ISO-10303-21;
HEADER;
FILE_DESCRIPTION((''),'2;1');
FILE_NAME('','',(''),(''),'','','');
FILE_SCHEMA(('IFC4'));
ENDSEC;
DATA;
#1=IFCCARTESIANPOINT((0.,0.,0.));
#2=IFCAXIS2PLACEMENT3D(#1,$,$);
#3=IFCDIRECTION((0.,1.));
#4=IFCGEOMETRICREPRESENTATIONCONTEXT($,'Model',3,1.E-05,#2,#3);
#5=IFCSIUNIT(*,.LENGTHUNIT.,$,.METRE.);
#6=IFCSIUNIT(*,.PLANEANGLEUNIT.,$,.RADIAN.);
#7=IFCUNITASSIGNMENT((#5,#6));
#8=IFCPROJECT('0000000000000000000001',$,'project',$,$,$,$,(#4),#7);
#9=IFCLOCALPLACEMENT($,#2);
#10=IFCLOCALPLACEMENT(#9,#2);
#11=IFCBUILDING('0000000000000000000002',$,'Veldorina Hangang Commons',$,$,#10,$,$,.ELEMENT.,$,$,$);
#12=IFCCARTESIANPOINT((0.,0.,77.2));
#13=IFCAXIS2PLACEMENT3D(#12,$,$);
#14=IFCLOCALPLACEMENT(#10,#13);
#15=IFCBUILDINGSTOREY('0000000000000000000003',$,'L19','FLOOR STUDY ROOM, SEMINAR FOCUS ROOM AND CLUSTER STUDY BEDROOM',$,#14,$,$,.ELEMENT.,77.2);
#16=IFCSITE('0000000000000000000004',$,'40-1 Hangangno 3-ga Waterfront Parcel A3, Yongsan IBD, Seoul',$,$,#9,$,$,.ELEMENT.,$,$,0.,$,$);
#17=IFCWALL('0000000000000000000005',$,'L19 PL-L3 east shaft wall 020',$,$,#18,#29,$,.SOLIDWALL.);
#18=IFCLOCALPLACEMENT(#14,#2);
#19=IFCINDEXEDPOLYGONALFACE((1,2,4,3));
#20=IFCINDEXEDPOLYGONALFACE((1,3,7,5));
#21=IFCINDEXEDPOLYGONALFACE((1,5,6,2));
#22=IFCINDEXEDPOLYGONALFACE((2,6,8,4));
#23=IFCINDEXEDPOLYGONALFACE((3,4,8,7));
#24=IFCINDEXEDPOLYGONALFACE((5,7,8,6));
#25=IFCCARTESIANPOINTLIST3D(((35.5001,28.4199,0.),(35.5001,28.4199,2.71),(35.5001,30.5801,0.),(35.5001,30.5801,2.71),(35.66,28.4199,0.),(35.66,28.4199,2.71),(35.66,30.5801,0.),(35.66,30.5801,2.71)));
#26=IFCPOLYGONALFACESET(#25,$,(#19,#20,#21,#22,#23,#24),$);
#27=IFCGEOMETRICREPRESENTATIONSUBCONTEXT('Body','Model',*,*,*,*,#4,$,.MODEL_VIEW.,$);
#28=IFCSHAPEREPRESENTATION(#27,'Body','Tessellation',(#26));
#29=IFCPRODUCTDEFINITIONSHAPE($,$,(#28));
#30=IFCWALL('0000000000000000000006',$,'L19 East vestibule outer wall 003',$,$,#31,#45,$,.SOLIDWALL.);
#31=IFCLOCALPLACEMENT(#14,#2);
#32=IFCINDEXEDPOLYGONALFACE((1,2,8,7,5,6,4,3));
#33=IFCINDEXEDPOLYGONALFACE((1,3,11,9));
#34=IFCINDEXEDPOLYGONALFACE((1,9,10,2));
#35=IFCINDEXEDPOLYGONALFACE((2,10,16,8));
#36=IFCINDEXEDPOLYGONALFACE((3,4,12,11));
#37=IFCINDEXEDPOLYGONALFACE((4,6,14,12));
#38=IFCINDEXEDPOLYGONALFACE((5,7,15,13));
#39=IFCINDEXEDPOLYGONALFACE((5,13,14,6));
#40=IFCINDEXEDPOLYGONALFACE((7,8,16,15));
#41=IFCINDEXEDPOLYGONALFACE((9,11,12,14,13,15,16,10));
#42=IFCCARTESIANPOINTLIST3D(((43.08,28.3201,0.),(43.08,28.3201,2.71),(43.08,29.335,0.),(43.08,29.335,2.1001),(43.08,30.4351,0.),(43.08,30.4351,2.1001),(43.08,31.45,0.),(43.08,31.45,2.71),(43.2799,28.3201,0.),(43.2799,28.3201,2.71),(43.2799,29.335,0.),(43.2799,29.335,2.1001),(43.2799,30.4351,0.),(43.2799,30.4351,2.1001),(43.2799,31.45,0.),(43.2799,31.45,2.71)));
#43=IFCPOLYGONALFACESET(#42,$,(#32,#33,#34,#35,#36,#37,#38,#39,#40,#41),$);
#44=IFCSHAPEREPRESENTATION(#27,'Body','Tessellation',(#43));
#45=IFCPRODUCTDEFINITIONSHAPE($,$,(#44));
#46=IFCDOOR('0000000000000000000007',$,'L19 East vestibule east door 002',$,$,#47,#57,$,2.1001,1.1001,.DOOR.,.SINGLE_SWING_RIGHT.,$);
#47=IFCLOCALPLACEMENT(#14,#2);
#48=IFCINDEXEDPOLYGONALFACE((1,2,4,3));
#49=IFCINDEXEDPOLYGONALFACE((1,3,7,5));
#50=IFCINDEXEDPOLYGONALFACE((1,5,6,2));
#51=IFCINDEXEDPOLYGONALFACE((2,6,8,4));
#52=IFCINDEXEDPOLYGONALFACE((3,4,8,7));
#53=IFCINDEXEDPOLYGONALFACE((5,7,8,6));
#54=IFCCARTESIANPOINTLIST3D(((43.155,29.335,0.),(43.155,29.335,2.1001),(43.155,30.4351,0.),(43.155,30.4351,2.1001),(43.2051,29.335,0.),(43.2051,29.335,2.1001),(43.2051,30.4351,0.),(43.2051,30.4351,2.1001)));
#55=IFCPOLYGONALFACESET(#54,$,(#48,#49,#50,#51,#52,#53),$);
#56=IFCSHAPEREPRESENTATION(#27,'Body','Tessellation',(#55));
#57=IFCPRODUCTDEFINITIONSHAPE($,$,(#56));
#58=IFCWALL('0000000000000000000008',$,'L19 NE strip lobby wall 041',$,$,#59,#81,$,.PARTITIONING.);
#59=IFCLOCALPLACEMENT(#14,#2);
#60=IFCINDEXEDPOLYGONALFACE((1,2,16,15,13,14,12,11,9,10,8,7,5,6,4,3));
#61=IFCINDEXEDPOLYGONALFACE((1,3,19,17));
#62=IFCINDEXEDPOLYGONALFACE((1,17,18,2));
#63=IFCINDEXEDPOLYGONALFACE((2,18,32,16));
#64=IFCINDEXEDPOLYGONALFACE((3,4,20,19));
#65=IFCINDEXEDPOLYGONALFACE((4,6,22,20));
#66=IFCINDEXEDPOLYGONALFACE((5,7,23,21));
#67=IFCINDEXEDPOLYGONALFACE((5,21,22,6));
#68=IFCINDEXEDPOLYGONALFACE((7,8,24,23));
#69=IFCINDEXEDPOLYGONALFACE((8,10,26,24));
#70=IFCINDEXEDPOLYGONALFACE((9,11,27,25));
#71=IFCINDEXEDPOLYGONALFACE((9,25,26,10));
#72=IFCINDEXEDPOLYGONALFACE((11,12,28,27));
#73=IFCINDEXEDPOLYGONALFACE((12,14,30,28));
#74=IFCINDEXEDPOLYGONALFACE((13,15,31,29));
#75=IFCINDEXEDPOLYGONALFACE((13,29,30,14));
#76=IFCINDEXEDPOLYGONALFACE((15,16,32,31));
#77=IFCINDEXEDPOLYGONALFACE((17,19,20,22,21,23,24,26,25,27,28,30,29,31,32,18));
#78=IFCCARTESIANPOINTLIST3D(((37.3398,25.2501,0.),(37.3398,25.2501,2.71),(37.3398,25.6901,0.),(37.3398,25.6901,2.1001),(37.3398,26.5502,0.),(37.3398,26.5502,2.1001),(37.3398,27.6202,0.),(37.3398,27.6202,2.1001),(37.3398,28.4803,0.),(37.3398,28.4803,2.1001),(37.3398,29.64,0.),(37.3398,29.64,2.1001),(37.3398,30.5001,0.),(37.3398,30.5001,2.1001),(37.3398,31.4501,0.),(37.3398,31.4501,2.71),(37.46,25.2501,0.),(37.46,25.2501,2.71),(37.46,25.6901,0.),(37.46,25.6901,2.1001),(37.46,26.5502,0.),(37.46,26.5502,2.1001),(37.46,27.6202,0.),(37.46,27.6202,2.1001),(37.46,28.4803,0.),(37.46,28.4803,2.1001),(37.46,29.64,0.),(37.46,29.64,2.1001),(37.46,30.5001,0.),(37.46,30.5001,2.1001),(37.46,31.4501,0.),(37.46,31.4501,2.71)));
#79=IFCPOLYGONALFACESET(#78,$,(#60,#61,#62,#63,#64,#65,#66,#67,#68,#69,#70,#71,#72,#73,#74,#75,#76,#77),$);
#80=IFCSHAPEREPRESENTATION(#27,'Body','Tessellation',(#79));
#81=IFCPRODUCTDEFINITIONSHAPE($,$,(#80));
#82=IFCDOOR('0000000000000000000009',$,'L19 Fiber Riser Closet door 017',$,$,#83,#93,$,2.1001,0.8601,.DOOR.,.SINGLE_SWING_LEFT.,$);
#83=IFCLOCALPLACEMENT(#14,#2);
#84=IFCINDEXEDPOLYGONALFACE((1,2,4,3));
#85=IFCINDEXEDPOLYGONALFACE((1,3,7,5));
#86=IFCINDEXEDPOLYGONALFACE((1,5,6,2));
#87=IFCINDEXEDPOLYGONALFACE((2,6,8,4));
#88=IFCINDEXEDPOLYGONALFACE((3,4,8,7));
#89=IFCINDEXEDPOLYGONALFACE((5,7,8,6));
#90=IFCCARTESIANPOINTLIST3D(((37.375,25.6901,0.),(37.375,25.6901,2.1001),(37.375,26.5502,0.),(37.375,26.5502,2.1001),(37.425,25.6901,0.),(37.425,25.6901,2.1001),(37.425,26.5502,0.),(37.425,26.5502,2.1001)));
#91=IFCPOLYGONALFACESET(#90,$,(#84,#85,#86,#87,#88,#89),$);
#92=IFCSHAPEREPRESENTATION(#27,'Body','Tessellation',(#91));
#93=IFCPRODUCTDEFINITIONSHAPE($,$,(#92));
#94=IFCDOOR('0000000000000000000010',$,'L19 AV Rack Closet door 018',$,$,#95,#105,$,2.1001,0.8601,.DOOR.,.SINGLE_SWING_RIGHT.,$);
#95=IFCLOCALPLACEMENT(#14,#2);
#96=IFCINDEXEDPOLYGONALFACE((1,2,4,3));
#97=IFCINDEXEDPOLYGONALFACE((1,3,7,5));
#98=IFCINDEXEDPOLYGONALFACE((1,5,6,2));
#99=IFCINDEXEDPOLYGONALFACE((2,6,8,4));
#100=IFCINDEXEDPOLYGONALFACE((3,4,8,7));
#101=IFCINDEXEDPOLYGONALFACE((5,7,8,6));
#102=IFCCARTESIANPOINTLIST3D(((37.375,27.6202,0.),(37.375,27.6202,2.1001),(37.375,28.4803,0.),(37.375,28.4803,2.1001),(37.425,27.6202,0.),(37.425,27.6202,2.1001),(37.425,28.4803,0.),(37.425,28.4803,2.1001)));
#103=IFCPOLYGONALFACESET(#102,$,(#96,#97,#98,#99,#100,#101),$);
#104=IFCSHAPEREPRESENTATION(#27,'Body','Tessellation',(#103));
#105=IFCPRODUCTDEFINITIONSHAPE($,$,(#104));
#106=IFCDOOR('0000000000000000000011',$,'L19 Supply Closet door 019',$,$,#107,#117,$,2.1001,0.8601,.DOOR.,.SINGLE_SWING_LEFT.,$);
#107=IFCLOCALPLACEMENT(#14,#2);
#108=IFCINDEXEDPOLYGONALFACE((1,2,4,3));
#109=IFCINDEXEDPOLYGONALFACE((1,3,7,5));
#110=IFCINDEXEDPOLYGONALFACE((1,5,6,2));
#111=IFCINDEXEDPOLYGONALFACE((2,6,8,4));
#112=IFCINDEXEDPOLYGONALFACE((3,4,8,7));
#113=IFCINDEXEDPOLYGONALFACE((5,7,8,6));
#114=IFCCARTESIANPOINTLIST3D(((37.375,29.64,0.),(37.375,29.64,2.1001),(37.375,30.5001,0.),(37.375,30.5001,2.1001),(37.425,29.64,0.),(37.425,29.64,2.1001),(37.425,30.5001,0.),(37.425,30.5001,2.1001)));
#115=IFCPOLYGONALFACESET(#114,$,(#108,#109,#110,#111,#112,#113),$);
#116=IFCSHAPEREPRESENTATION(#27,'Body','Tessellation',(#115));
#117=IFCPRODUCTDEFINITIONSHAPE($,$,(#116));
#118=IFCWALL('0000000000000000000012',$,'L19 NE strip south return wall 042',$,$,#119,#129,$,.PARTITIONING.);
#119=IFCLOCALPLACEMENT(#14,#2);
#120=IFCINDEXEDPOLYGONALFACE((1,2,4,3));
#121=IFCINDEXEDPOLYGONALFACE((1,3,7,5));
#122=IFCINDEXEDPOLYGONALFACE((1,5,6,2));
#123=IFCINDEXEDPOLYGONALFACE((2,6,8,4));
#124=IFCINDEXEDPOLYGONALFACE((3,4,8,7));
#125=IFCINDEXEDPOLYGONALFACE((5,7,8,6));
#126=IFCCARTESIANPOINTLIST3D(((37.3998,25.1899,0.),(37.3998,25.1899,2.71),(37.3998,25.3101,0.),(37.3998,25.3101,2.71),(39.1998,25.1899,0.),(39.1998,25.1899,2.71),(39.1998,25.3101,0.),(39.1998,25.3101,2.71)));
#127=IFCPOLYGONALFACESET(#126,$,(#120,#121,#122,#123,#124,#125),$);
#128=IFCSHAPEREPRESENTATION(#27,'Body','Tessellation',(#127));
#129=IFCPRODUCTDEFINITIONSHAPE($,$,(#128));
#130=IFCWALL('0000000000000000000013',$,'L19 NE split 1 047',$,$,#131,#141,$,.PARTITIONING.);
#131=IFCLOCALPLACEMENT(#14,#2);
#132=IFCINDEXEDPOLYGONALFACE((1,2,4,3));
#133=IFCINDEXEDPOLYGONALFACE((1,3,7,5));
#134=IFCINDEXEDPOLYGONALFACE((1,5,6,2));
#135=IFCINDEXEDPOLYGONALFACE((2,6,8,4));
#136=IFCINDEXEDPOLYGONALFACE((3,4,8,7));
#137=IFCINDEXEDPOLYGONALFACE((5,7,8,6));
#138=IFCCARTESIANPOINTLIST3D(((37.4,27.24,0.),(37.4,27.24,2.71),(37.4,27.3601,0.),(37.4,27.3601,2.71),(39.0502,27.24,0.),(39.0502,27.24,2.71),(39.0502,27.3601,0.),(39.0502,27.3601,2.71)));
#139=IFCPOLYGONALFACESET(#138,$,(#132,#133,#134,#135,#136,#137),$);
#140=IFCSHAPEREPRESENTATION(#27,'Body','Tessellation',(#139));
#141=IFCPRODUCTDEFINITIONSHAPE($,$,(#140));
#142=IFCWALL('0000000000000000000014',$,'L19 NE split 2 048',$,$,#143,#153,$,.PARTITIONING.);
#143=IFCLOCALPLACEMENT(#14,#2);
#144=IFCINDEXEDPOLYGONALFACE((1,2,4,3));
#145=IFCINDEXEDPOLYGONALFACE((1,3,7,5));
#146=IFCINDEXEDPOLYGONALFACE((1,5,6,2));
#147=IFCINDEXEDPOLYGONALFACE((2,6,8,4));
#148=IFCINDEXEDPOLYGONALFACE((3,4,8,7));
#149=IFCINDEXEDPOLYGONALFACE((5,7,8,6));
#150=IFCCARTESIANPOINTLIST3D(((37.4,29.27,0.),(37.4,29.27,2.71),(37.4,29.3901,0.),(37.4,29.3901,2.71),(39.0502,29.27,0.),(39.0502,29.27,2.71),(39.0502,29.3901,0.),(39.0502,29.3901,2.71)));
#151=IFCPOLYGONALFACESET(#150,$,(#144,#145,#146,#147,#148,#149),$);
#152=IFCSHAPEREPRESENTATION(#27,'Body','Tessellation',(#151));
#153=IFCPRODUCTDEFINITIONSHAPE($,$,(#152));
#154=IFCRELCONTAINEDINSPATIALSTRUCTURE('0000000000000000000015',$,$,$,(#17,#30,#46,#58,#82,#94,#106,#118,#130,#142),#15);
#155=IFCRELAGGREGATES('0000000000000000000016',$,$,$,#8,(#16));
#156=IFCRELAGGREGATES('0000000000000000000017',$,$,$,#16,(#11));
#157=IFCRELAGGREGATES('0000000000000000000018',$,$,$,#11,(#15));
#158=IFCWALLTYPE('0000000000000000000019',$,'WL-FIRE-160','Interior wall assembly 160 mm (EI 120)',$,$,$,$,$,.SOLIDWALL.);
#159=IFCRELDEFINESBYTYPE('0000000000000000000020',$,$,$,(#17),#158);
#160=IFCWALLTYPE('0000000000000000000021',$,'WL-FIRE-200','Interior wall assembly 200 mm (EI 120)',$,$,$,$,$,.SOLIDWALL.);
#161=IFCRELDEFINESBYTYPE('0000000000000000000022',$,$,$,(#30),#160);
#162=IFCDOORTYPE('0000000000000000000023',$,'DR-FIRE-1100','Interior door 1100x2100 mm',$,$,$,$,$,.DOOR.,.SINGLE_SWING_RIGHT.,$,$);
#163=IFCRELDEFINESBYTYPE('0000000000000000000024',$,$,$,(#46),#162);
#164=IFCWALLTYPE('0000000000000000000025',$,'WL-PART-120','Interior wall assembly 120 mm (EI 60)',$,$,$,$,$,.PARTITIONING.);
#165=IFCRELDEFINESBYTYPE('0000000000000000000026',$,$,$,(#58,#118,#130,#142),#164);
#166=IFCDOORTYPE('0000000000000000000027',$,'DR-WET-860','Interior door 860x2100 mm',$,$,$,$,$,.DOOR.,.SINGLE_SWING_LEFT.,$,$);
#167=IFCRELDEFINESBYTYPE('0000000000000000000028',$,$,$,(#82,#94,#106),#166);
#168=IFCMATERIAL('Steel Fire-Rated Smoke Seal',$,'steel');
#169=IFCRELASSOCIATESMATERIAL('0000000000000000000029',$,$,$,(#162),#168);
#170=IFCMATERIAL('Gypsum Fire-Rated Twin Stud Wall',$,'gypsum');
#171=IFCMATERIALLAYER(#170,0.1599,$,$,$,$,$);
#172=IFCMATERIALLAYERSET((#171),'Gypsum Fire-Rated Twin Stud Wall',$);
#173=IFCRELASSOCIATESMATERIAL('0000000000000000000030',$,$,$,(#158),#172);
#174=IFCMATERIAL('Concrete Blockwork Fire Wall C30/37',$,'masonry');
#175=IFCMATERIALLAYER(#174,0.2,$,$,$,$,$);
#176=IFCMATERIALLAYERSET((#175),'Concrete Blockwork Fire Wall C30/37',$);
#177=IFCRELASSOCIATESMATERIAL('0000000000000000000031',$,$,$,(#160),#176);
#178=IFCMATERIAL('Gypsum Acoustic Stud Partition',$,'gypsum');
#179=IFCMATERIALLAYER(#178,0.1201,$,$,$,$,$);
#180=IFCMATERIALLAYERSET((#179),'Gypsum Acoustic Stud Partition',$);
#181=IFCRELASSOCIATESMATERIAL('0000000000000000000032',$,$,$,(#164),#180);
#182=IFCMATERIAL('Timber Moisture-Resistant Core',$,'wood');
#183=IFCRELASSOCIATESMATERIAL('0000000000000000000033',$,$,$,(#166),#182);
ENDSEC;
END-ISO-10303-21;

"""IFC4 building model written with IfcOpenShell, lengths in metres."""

from ifc_helpers import new_model, si_unit, direction, frame, frame_2d, origin, place, context, subcontext, project, spatial, rectangle, extrude, material, layer, layer_set, type_object, element, fill, save


model = new_model("IFC4")

# Units and contexts
model_context = context("Model", 3, precision=1e-05, world=origin(), true_north=direction((0.0, 1.0)))
body_context = subcontext(model_context, "Body", "Model", "MODEL_VIEW")
ifc_project = project(units=[si_unit("LENGTHUNIT", "METRE"), si_unit("PLANEANGLEUNIT", "RADIAN")], contexts=[model_context])

# Site, building, storey
site_placement = place(None, origin())
site = spatial("IfcSite", under=ifc_project, at=site_placement, Name="40-1 Hangangno 3-ga Waterfront Parcel A3, Yongsan IBD, Seoul", CompositionType="ELEMENT", RefElevation=0.0)
building_placement = place(site_placement, origin())
building = spatial("IfcBuilding", under=site, at=building_placement, Name="Veldorina Hangang Commons", CompositionType="ELEMENT")
storey_placement = place(building_placement, frame((0.0, 0.0, 77.2)))
storey = spatial("IfcBuildingStorey", under=building, at=storey_placement, Name="L19", Description="FLOOR STUDY ROOM, SEMINAR FOCUS ROOM AND CLUSTER STUDY BEDROOM", CompositionType="ELEMENT", Elevation=77.2)

# Shared definitions
ifc_material_1 = material(Name="Steel Fire-Rated Smoke Seal", Category="steel")
door_type_1 = type_object("IfcDoorType", Name="DR-FIRE-1100", Description="Interior door 1100x2100 mm", OperationType="SINGLE_SWING_RIGHT", PredefinedType="DOOR", material=ifc_material_1)

# Wall
ifc_material_2 = material(Name="Gypsum Fire-Rated Twin Stud Wall", Category="gypsum")
ifc_layer_1 = layer(ifc_material_2, 0.1599)
ifc_layer_set_1 = layer_set([ifc_layer_1], Name="Gypsum Fire-Rated Twin Stud Wall")
wall_type_1 = type_object("IfcWallType", Name="WL-FIRE-160", Description="Interior wall assembly 160 mm (EI 120)", PredefinedType="SOLIDWALL", material=ifc_layer_set_1)
for number, where, z_axis, x_axis, name in (
    (1, (35.5801, 28.4199, 0.0), (0.0, 0.0, 1.0), (0.0, 1.0, 0.0), "L19 PL-L3 east shaft wall 020"),
):
    element("IfcWall", number, at=place(storey_placement, frame(where, z_axis=z_axis, x_axis=x_axis)), inside=storey, type_object=wall_type_1, Name=name, PredefinedType="SOLIDWALL", context=body_context, shape_type="SweptSolid", body=[
        extrude(rectangle(XDim=2.1602, YDim=0.1599, at=frame_2d((1.0801, 0.0))), origin(), (0.0, 0.0, 1.0), 2.71),
    ])

# Wall, opening, door
ifc_material_3 = material(Name="Concrete Blockwork Fire Wall C30/37", Category="masonry")
ifc_layer_2 = layer(ifc_material_3, 0.2)
ifc_layer_set_2 = layer_set([ifc_layer_2], Name="Concrete Blockwork Fire Wall C30/37")
wall_type_2 = type_object("IfcWallType", Name="WL-FIRE-200", Description="Interior wall assembly 200 mm (EI 120)", PredefinedType="SOLIDWALL", material=ifc_layer_set_2)
wall_1_placement = place(storey_placement, frame((43.1799, 28.3201, 0.0), z_axis=(0.0, 0.0, 1.0), x_axis=(0.0, 1.0, 0.0)))
wall_1 = element("IfcWall", 2, at=wall_1_placement, inside=storey, type_object=wall_type_2, Name="L19 East vestibule outer wall 003", PredefinedType="SOLIDWALL", context=body_context, shape_type="SweptSolid", body=[
    extrude(rectangle(XDim=3.1299, YDim=0.2, at=frame_2d((1.5649, 0.0))), origin(), (0.0, 0.0, 1.0), 2.71),
])
opening_1_placement = place(wall_1_placement, frame((1.0149, 0.0, 0.0)))
opening_1 = element("IfcOpeningElement", 3, at=opening_1_placement, cuts=wall_1, PredefinedType="OPENING", context=body_context, shape_type="SweptSolid", body=[
    extrude(rectangle(XDim=1.1001, YDim=2.1001, at=frame_2d((0.55, 1.05))), frame((0.0, 0.1099, 0.0), z_axis=(0.0, -1.0, 0.0), x_axis=(1.0, 0.0, 0.0)), (0.0, 0.0, 1.0), 0.22),
])
door_1_placement = place(opening_1_placement, origin())
door_1 = element("IfcDoor", 4, at=door_1_placement, inside=storey, type_object=door_type_1, Name="L19 East vestibule east door 002", OperationType="SINGLE_SWING_RIGHT", OverallHeight=2.1001, OverallWidth=1.1001, PredefinedType="DOOR", context=body_context, shape_type="SweptSolid", body=[
    extrude(rectangle(XDim=1.1001, YDim=2.1001, at=frame_2d((0.55, 1.05))), frame((0.0, 0.0249, 0.0), z_axis=(0.0, -1.0, 0.0), x_axis=(1.0, 0.0, 0.0)), (0.0, 0.0, 1.0), 0.05),
])
fill(opening_1, door_1)

# Wall, openings, doors
ifc_material_4 = material(Name="Gypsum Acoustic Stud Partition", Category="gypsum")
ifc_layer_3 = layer(ifc_material_4, 0.1201)
ifc_layer_set_3 = layer_set([ifc_layer_3], Name="Gypsum Acoustic Stud Partition")
wall_type_3 = type_object("IfcWallType", Name="WL-PART-120", Description="Interior wall assembly 120 mm (EI 60)", PredefinedType="PARTITIONING", material=ifc_layer_set_3)
wall_2_placement = place(storey_placement, frame((37.3999, 25.25, 0.0), z_axis=(0.0, 0.0, 1.0), x_axis=(0.0, 1.0, 0.0)))
wall_2 = element("IfcWall", 5, at=wall_2_placement, inside=storey, type_object=wall_type_3, Name="L19 NE strip lobby wall 041", PredefinedType="PARTITIONING", context=body_context, shape_type="SweptSolid", body=[
    extrude(rectangle(XDim=6.2, YDim=0.1201, at=frame_2d((3.1001, 0.0))), origin(), (0.0, 0.0, 1.0), 2.71),
])
opening_2_placement = place(wall_2_placement, frame((0.4399, 0.0, 0.0)))
opening_2 = element("IfcOpeningElement", 6, at=opening_2_placement, cuts=wall_2, PredefinedType="OPENING", context=body_context, shape_type="SweptSolid", body=[
    extrude(rectangle(XDim=0.8601, YDim=2.1001, at=frame_2d((0.4302, 1.05))), frame((0.0, 0.0701, 0.0), z_axis=(0.0, -1.0, 0.0), x_axis=(1.0, 0.0, 0.0)), (0.0, 0.0, 1.0), 0.1401),
])
opening_3_placement = place(wall_2_placement, frame((2.3701, 0.0, 0.0)))
opening_3 = element("IfcOpeningElement", 7, at=opening_3_placement, cuts=wall_2, PredefinedType="OPENING", context=body_context, shape_type="SweptSolid", body=[
    extrude(rectangle(XDim=0.8601, YDim=2.1001, at=frame_2d((0.4302, 1.05))), frame((0.0, 0.0701, 0.0), z_axis=(0.0, -1.0, 0.0), x_axis=(1.0, 0.0, 0.0)), (0.0, 0.0, 1.0), 0.1401),
])
opening_4_placement = place(wall_2_placement, frame((4.3899, 0.0, 0.0)))
opening_4 = element("IfcOpeningElement", 8, at=opening_4_placement, cuts=wall_2, PredefinedType="OPENING", context=body_context, shape_type="SweptSolid", body=[
    extrude(rectangle(XDim=0.8601, YDim=2.1001, at=frame_2d((0.4302, 1.05))), frame((0.0, 0.0701, 0.0), z_axis=(0.0, -1.0, 0.0), x_axis=(1.0, 0.0, 0.0)), (0.0, 0.0, 1.0), 0.1401),
])
ifc_material_5 = material(Name="Timber Moisture-Resistant Core", Category="wood")
door_type_2 = type_object("IfcDoorType", Name="DR-WET-860", Description="Interior door 860x2100 mm", OperationType="SINGLE_SWING_LEFT", PredefinedType="DOOR", material=ifc_material_5)
door_2_placement = place(opening_2_placement, origin())
door_2 = element("IfcDoor", 9, at=door_2_placement, inside=storey, type_object=door_type_2, Name="L19 Fiber Riser Closet door 017", OperationType="SINGLE_SWING_LEFT", OverallHeight=2.1001, OverallWidth=0.8601, PredefinedType="DOOR", context=body_context, shape_type="SweptSolid", body=[
    extrude(rectangle(XDim=0.8601, YDim=2.1001, at=frame_2d((0.4302, 1.05))), frame((0.0, 0.0249, 0.0), z_axis=(0.0, -1.0, 0.0), x_axis=(1.0, 0.0, 0.0)), (0.0, 0.0, 1.0), 0.05),
])
fill(opening_2, door_2)
door_3_placement = place(opening_3_placement, origin())
door_3 = element("IfcDoor", 10, at=door_3_placement, inside=storey, type_object=door_type_2, Name="L19 AV Rack Closet door 018", OperationType="SINGLE_SWING_RIGHT", OverallHeight=2.1001, OverallWidth=0.8601, PredefinedType="DOOR", context=body_context, shape_type="SweptSolid", body=[
    extrude(rectangle(XDim=0.8601, YDim=2.1001, at=frame_2d((0.4302, 1.05))), frame((0.0, 0.0249, 0.0), z_axis=(0.0, -1.0, 0.0), x_axis=(1.0, 0.0, 0.0)), (0.0, 0.0, 1.0), 0.05),
])
fill(opening_3, door_3)
door_4_placement = place(opening_4_placement, origin())
door_4 = element("IfcDoor", 11, at=door_4_placement, inside=storey, type_object=door_type_2, Name="L19 Supply Closet door 019", OperationType="SINGLE_SWING_LEFT", OverallHeight=2.1001, OverallWidth=0.8601, PredefinedType="DOOR", context=body_context, shape_type="SweptSolid", body=[
    extrude(rectangle(XDim=0.8601, YDim=2.1001, at=frame_2d((0.4302, 1.05))), frame((0.0, 0.0249, 0.0), z_axis=(0.0, -1.0, 0.0), x_axis=(1.0, 0.0, 0.0)), (0.0, 0.0, 1.0), 0.05),
])
fill(opening_4, door_4)

# Walls
wall_3_placement = place(storey_placement, frame((37.3999, 25.25, 0.0), z_axis=(0.0, 0.0, 1.0), x_axis=(1.0, 0.0, 0.0)))
element("IfcWall", 12, at=wall_3_placement, inside=storey, type_object=wall_type_3, Name="L19 NE strip south return wall 042", PredefinedType="PARTITIONING", context=body_context, shape_type="SweptSolid", body=[
    extrude(rectangle(XDim=1.8, YDim=0.1201, at=frame_2d((0.8999, 0.0))), origin(), (0.0, 0.0, 1.0), 2.71),
])
for number, where, z_axis, x_axis, name in (
    (13, (37.3999, 27.3, 0.0), (0.0, 0.0, 1.0), (1.0, 0.0, 0.0), "L19 NE split 1 047"),
    (14, (37.3999, 29.3301, 0.0), (0.0, 0.0, 1.0), (1.0, 0.0, 0.0), "L19 NE split 2 048"),
):
    element("IfcWall", number, at=place(storey_placement, frame(where, z_axis=z_axis, x_axis=x_axis)), inside=storey, type_object=wall_type_3, Name=name, PredefinedType="PARTITIONING", context=body_context, shape_type="SweptSolid", body=[
        extrude(rectangle(XDim=1.6501, YDim=0.1201, at=frame_2d((0.8252, 0.0))), origin(), (0.0, 0.0, 1.0), 2.71),
    ])

save(model, "model.ifc")
